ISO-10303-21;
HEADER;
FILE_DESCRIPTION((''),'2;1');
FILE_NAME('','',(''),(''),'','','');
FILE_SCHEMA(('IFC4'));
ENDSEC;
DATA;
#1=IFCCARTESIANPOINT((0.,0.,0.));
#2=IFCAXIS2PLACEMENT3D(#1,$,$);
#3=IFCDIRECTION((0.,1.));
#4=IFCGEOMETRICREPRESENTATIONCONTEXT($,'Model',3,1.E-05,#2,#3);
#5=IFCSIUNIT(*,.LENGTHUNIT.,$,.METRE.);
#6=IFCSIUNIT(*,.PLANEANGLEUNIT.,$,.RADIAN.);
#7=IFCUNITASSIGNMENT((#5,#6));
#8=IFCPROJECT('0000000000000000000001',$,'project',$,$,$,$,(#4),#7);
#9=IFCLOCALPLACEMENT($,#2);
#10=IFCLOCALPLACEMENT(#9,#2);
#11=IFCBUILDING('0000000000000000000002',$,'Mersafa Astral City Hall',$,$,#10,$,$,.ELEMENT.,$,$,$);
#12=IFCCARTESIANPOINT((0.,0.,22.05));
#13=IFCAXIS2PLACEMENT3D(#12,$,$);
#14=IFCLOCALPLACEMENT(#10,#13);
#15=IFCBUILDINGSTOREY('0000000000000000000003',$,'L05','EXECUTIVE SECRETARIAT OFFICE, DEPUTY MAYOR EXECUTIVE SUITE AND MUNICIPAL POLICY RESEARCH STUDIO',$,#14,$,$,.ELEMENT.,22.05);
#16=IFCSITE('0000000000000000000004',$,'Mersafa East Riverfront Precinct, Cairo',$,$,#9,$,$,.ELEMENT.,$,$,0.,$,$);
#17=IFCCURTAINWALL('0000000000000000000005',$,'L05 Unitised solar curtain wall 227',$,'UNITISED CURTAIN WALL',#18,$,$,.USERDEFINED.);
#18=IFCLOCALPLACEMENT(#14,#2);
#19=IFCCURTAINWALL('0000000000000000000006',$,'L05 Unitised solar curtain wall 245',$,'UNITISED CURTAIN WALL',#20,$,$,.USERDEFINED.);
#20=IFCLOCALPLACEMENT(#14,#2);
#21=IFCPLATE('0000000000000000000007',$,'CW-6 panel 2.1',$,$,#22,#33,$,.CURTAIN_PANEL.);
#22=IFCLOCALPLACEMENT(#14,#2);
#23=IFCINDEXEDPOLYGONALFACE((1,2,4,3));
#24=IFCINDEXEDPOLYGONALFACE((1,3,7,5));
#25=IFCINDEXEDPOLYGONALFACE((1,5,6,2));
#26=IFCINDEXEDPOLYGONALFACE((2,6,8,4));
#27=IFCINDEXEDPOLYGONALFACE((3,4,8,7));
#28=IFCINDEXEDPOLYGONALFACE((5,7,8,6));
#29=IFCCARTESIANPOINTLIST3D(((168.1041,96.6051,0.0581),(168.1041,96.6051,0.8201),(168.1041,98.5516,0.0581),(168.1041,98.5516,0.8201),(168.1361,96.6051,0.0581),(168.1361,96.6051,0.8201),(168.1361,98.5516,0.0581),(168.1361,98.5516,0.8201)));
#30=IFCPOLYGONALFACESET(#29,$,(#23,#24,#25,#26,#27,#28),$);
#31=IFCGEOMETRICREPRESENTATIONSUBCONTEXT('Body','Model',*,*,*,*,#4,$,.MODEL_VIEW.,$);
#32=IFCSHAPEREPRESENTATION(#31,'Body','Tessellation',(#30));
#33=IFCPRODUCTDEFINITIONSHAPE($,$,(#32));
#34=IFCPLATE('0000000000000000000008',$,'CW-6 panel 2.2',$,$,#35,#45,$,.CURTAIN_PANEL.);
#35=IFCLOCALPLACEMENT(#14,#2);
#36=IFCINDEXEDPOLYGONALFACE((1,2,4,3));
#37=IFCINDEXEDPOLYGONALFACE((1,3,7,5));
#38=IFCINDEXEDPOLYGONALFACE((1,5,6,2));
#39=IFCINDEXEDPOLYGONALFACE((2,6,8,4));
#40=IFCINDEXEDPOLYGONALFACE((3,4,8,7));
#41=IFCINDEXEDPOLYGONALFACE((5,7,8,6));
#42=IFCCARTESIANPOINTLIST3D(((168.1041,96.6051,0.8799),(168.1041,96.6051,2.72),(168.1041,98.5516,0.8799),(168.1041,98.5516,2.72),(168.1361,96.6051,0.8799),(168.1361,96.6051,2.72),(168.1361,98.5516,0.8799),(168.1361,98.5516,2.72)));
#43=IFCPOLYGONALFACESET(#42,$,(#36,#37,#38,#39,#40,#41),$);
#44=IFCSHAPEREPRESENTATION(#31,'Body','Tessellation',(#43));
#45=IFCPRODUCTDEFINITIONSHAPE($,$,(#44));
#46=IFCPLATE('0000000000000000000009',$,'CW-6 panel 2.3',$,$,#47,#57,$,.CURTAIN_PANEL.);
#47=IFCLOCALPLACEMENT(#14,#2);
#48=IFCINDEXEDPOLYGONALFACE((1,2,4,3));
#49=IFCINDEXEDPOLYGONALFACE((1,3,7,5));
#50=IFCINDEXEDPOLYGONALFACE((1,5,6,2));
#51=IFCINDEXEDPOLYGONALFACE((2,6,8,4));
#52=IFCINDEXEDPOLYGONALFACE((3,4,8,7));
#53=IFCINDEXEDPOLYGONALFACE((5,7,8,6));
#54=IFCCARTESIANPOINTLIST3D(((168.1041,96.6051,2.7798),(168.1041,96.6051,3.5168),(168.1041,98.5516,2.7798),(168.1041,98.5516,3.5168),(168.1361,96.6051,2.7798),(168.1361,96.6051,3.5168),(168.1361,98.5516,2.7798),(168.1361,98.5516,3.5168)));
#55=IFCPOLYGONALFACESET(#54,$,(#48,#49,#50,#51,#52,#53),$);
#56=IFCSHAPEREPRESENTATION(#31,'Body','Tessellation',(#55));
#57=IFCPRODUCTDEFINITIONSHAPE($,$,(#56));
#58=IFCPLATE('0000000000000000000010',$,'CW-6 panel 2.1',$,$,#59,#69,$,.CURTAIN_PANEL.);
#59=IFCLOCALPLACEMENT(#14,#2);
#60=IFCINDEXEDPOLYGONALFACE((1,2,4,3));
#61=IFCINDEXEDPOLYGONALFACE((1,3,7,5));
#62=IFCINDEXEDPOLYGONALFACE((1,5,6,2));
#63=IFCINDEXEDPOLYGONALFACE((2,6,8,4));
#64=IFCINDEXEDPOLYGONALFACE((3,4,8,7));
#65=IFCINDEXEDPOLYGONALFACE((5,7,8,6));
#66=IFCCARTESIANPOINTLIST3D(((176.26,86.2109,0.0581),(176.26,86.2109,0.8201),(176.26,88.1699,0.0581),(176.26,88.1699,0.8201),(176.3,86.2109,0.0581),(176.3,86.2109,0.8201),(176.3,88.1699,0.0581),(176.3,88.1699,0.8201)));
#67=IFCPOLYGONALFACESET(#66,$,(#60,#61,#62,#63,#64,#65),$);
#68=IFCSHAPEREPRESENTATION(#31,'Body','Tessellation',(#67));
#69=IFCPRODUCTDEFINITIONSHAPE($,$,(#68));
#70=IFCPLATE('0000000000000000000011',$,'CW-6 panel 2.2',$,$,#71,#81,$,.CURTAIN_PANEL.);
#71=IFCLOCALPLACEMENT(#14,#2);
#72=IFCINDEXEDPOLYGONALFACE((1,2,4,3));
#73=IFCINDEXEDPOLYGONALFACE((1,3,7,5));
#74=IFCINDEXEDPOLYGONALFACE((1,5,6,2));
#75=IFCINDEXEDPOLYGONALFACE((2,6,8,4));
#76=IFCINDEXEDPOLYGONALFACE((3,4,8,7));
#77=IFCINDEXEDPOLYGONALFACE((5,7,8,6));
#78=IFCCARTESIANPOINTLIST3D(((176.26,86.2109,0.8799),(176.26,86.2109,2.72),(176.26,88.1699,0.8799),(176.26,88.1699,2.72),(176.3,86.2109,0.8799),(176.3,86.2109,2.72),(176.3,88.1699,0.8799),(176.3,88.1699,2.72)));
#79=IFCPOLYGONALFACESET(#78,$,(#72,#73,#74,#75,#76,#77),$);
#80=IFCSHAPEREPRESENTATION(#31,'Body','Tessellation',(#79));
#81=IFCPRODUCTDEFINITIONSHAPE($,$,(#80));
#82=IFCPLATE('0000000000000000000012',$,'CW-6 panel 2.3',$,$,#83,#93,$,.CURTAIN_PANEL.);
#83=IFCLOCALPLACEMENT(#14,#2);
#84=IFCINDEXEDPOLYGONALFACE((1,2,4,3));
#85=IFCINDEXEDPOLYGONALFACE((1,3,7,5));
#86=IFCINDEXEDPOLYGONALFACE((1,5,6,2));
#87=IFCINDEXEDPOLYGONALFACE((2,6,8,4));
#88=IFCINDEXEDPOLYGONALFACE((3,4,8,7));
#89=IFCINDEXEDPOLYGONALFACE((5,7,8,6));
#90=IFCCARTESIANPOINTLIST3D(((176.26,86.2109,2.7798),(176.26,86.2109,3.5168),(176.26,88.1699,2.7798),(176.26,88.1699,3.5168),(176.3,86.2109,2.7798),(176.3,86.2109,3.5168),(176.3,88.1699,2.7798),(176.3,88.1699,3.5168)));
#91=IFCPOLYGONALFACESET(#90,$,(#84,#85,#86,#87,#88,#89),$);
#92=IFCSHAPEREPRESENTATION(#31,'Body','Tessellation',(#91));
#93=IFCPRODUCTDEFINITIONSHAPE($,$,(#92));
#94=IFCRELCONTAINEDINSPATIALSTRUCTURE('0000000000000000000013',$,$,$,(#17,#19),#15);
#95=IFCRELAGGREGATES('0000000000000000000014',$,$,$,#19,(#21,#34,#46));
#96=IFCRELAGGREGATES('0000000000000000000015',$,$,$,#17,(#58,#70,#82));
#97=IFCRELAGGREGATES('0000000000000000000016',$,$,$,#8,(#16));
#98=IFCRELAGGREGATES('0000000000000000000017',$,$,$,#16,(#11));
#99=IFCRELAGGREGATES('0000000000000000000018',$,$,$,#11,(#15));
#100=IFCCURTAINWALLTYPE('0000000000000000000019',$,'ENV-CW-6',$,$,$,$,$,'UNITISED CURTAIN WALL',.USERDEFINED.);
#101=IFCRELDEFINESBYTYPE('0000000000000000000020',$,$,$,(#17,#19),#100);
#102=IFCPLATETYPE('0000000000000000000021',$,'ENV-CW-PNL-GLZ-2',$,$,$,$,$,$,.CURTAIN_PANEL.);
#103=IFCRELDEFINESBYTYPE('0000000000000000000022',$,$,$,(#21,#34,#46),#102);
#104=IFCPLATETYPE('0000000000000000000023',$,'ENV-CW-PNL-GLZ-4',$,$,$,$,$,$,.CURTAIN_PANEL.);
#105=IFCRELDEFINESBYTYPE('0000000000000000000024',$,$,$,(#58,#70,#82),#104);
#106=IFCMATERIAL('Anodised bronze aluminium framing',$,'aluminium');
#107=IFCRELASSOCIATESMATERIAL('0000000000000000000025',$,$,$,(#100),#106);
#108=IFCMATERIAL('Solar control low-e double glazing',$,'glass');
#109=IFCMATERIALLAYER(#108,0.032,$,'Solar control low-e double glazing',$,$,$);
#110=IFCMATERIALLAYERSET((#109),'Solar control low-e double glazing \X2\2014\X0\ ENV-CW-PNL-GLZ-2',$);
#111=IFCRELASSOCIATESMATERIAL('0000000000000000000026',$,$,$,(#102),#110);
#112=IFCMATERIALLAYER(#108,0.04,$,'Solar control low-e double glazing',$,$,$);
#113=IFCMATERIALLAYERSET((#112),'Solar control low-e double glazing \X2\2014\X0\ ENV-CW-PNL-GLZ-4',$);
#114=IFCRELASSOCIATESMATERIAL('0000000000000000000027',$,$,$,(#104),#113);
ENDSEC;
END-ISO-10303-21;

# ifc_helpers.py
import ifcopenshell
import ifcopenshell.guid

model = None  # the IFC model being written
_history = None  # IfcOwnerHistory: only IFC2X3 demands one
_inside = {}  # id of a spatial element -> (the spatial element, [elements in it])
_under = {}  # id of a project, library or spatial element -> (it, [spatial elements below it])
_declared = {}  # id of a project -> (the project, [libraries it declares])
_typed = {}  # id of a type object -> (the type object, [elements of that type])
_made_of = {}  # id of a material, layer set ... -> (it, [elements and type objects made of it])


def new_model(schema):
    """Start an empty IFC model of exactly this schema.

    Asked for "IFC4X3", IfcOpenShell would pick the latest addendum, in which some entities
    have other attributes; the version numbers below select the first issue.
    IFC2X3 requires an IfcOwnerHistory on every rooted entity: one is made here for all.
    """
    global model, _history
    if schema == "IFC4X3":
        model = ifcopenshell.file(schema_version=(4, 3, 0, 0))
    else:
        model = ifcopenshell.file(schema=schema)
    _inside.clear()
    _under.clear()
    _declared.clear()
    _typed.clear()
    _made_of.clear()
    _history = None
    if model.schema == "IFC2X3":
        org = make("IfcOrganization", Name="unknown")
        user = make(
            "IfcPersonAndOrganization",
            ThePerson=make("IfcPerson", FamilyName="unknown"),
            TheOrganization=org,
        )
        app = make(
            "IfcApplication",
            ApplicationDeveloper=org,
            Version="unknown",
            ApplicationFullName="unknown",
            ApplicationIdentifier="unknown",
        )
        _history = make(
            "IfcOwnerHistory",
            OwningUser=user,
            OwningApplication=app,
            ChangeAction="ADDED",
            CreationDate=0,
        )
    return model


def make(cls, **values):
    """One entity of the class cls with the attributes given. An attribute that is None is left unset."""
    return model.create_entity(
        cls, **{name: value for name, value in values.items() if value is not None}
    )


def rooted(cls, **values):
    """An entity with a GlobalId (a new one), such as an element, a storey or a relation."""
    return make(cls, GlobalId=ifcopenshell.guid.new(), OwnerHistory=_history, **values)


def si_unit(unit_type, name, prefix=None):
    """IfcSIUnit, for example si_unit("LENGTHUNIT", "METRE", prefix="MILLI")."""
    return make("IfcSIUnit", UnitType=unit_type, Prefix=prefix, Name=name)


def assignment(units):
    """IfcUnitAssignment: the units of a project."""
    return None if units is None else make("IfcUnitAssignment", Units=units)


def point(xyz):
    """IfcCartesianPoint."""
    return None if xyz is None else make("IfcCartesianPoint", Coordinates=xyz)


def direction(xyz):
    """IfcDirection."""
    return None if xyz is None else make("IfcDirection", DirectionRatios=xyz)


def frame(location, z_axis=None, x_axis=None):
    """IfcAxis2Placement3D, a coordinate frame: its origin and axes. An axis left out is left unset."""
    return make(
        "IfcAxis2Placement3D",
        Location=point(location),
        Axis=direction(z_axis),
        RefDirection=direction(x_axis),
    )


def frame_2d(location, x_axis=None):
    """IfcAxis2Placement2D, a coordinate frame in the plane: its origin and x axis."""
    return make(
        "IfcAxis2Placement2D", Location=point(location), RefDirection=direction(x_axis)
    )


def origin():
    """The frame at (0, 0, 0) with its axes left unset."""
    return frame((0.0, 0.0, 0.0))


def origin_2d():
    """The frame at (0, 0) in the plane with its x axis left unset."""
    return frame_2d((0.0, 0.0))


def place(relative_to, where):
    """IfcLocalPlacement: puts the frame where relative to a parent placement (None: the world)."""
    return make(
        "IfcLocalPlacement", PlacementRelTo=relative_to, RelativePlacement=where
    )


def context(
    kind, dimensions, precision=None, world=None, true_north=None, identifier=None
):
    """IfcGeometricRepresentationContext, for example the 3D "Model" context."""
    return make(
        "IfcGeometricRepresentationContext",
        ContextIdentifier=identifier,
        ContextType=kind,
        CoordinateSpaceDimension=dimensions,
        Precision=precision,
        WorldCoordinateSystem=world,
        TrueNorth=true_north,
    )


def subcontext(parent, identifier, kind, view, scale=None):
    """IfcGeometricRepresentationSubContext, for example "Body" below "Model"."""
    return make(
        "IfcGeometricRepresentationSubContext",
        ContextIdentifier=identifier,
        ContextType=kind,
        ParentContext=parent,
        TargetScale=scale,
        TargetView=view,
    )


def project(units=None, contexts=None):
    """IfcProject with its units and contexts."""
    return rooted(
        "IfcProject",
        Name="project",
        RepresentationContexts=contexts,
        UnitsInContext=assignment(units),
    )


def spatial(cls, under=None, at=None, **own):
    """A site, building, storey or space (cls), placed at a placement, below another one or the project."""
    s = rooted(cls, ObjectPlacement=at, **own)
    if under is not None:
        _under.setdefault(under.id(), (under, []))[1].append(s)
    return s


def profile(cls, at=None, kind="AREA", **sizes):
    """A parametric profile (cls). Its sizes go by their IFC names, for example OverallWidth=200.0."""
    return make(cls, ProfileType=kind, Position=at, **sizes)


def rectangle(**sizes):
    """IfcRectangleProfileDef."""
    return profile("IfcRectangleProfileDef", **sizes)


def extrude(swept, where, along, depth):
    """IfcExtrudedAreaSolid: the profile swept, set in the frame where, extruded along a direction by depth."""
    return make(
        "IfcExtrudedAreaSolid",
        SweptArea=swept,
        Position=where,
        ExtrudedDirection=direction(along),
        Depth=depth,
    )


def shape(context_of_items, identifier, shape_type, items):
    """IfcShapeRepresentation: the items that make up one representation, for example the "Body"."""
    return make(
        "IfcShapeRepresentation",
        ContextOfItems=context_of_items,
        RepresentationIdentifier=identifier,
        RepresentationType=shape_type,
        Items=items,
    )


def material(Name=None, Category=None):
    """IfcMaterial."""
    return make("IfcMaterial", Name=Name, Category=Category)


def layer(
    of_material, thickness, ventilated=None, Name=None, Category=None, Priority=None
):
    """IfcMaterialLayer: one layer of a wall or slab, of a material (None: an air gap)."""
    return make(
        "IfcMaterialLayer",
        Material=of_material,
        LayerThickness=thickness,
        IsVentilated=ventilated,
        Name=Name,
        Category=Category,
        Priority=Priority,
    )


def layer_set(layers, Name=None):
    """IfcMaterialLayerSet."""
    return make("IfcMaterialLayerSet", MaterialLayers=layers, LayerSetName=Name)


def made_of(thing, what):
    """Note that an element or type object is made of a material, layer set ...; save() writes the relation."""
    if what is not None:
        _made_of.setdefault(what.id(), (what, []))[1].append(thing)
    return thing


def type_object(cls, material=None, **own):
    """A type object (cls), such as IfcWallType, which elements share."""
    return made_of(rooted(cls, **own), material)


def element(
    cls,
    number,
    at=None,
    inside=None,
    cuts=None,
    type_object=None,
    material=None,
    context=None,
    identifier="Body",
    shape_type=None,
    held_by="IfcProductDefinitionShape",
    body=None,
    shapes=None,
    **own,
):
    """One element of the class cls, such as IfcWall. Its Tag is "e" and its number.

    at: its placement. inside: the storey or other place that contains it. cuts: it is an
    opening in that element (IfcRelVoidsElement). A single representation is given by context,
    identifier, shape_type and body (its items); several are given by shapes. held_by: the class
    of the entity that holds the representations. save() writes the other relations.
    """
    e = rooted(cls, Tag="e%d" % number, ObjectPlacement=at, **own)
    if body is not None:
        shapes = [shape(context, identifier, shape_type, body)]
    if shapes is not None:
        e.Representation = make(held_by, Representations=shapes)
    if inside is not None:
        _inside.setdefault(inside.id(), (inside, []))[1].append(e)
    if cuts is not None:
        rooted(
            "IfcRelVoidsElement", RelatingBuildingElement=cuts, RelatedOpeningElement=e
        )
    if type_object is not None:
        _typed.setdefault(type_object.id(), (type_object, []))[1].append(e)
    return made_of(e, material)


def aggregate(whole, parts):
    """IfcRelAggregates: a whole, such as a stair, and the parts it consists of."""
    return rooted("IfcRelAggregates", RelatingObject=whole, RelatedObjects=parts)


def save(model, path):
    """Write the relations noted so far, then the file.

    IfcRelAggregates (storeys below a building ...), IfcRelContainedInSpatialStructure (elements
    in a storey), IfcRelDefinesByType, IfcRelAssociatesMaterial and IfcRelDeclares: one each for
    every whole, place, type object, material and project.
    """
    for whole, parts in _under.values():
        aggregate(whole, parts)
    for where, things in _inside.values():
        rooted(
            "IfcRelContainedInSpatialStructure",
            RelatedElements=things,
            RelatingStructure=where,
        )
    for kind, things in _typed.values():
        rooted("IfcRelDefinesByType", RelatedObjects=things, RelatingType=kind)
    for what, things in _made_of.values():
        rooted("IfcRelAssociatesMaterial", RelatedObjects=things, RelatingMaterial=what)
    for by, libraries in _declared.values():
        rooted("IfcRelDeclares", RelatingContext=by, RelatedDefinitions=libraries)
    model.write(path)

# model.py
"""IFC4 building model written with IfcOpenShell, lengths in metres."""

from ifc_helpers import new_model, si_unit, direction, frame, origin, origin_2d, place, context, subcontext, project, spatial, rectangle, extrude, material, layer, layer_set, type_object, element, aggregate, save


model = new_model("IFC4")

# Units and contexts
model_context = context("Model", 3, precision=1e-05, world=origin(), true_north=direction((0.0, 1.0)))
body_context = subcontext(model_context, "Body", "Model", "MODEL_VIEW")
ifc_project = project(units=[si_unit("LENGTHUNIT", "METRE"), si_unit("PLANEANGLEUNIT", "RADIAN")], contexts=[model_context])

# Site, building, storey
site_placement = place(None, origin())
site = spatial("IfcSite", under=ifc_project, at=site_placement, Name="Mersafa East Riverfront Precinct, Cairo", CompositionType="ELEMENT", RefElevation=0.0)
building_placement = place(site_placement, origin())
building = spatial("IfcBuilding", under=site, at=building_placement, Name="Mersafa Astral City Hall", CompositionType="ELEMENT")
storey_placement = place(building_placement, frame((0.0, 0.0, 22.05)))
storey = spatial("IfcBuildingStorey", under=building, at=storey_placement, Name="L05", Description="EXECUTIVE SECRETARIAT OFFICE, DEPUTY MAYOR EXECUTIVE SUITE AND MUNICIPAL POLICY RESEARCH STUDIO", CompositionType="ELEMENT", Elevation=22.05)

# Curtain wall
ifc_material_1 = material(Name="Anodised bronze aluminium framing", Category="aluminium")
curtain_wall_type = type_object("IfcCurtainWallType", Name="ENV-CW-6", ElementType="UNITISED CURTAIN WALL", PredefinedType="USERDEFINED", material=ifc_material_1)
curtain_wall_1_placement = place(storey_placement, origin())
curtain_wall_1 = element("IfcCurtainWall", 1, at=curtain_wall_1_placement, inside=storey, type_object=curtain_wall_type, Name="L05 Unitised solar curtain wall 227", ObjectType="UNITISED CURTAIN WALL", PredefinedType="USERDEFINED")

# Curtain wall
curtain_wall_2_placement = place(storey_placement, origin())
curtain_wall_2 = element("IfcCurtainWall", 2, at=curtain_wall_2_placement, inside=storey, type_object=curtain_wall_type, Name="L05 Unitised solar curtain wall 245", ObjectType="UNITISED CURTAIN WALL", PredefinedType="USERDEFINED")

# Plates
ifc_material_2 = material(Name="Solar control low-e double glazing", Category="glass")
ifc_layer_1 = layer(ifc_material_2, 0.032, Name="Solar control low-e double glazing")
ifc_layer_set_1 = layer_set([ifc_layer_1], Name="Solar control low-e double glazing — ENV-CW-PNL-GLZ-2")
plate_type_1 = type_object("IfcPlateType", Name="ENV-CW-PNL-GLZ-2", PredefinedType="CURTAIN_PANEL", material=ifc_layer_set_1)
plate_1_placement = place(storey_placement, frame((168.1201, 97.5784, 0.0581), z_axis=(0.0, 0.0, 1.0), x_axis=(0.0, -1.0, 0.0)))
plate_1 = element("IfcPlate", 3, at=plate_1_placement, type_object=plate_type_1, Name="CW-6 panel 2.1", PredefinedType="CURTAIN_PANEL", context=body_context, shape_type="SweptSolid", body=[
    extrude(rectangle(XDim=1.9465, YDim=0.032, at=origin_2d()), origin(), (0.0, 0.0, 1.0), 0.762),
])
plate_2_placement = place(storey_placement, frame((168.1201, 97.5784, 0.8799), z_axis=(0.0, 0.0, 1.0), x_axis=(0.0, -1.0, 0.0)))
plate_2 = element("IfcPlate", 4, at=plate_2_placement, type_object=plate_type_1, Name="CW-6 panel 2.2", PredefinedType="CURTAIN_PANEL", context=body_context, shape_type="SweptSolid", body=[
    extrude(rectangle(XDim=1.9465, YDim=0.032, at=origin_2d()), origin(), (0.0, 0.0, 1.0), 1.8401),
])
plate_3_placement = place(storey_placement, frame((168.1201, 97.5784, 2.7798), z_axis=(0.0, 0.0, 1.0), x_axis=(0.0, -1.0, 0.0)))
plate_3 = element("IfcPlate", 5, at=plate_3_placement, type_object=plate_type_1, Name="CW-6 panel 2.3", PredefinedType="CURTAIN_PANEL", context=body_context, shape_type="SweptSolid", body=[
    extrude(rectangle(XDim=1.9465, YDim=0.032, at=origin_2d()), origin(), (0.0, 0.0, 1.0), 0.7371),
])
aggregate(curtain_wall_2, [plate_1, plate_2, plate_3])
ifc_layer_2 = layer(ifc_material_2, 0.04, Name="Solar control low-e double glazing")
ifc_layer_set_2 = layer_set([ifc_layer_2], Name="Solar control low-e double glazing — ENV-CW-PNL-GLZ-4")
plate_type_2 = type_object("IfcPlateType", Name="ENV-CW-PNL-GLZ-4", PredefinedType="CURTAIN_PANEL", material=ifc_layer_set_2)
plate_4_placement = place(storey_placement, frame((176.28, 87.1904, 0.0581), z_axis=(0.0, 0.0, 1.0), x_axis=(0.0, 1.0, 0.0)))
plate_4 = element("IfcPlate", 6, at=plate_4_placement, type_object=plate_type_2, Name="CW-6 panel 2.1", PredefinedType="CURTAIN_PANEL", context=body_context, shape_type="SweptSolid", body=[
    extrude(rectangle(XDim=1.959, YDim=0.04, at=origin_2d()), origin(), (0.0, 0.0, 1.0), 0.762),
])
plate_5_placement = place(storey_placement, frame((176.28, 87.1904, 0.8799), z_axis=(0.0, 0.0, 1.0), x_axis=(0.0, 1.0, 0.0)))
plate_5 = element("IfcPlate", 7, at=plate_5_placement, type_object=plate_type_2, Name="CW-6 panel 2.2", PredefinedType="CURTAIN_PANEL", context=body_context, shape_type="SweptSolid", body=[
    extrude(rectangle(XDim=1.959, YDim=0.04, at=origin_2d()), origin(), (0.0, 0.0, 1.0), 1.8401),
])
plate_6_placement = place(storey_placement, frame((176.28, 87.1904, 2.7798), z_axis=(0.0, 0.0, 1.0), x_axis=(0.0, 1.0, 0.0)))
plate_6 = element("IfcPlate", 8, at=plate_6_placement, type_object=plate_type_2, Name="CW-6 panel 2.3", PredefinedType="CURTAIN_PANEL", context=body_context, shape_type="SweptSolid", body=[
    extrude(rectangle(XDim=1.959, YDim=0.04, at=origin_2d()), origin(), (0.0, 0.0, 1.0), 0.7371),
])
aggregate(curtain_wall_1, [plate_4, plate_5, plate_6])

save(model, "model.ifc")
